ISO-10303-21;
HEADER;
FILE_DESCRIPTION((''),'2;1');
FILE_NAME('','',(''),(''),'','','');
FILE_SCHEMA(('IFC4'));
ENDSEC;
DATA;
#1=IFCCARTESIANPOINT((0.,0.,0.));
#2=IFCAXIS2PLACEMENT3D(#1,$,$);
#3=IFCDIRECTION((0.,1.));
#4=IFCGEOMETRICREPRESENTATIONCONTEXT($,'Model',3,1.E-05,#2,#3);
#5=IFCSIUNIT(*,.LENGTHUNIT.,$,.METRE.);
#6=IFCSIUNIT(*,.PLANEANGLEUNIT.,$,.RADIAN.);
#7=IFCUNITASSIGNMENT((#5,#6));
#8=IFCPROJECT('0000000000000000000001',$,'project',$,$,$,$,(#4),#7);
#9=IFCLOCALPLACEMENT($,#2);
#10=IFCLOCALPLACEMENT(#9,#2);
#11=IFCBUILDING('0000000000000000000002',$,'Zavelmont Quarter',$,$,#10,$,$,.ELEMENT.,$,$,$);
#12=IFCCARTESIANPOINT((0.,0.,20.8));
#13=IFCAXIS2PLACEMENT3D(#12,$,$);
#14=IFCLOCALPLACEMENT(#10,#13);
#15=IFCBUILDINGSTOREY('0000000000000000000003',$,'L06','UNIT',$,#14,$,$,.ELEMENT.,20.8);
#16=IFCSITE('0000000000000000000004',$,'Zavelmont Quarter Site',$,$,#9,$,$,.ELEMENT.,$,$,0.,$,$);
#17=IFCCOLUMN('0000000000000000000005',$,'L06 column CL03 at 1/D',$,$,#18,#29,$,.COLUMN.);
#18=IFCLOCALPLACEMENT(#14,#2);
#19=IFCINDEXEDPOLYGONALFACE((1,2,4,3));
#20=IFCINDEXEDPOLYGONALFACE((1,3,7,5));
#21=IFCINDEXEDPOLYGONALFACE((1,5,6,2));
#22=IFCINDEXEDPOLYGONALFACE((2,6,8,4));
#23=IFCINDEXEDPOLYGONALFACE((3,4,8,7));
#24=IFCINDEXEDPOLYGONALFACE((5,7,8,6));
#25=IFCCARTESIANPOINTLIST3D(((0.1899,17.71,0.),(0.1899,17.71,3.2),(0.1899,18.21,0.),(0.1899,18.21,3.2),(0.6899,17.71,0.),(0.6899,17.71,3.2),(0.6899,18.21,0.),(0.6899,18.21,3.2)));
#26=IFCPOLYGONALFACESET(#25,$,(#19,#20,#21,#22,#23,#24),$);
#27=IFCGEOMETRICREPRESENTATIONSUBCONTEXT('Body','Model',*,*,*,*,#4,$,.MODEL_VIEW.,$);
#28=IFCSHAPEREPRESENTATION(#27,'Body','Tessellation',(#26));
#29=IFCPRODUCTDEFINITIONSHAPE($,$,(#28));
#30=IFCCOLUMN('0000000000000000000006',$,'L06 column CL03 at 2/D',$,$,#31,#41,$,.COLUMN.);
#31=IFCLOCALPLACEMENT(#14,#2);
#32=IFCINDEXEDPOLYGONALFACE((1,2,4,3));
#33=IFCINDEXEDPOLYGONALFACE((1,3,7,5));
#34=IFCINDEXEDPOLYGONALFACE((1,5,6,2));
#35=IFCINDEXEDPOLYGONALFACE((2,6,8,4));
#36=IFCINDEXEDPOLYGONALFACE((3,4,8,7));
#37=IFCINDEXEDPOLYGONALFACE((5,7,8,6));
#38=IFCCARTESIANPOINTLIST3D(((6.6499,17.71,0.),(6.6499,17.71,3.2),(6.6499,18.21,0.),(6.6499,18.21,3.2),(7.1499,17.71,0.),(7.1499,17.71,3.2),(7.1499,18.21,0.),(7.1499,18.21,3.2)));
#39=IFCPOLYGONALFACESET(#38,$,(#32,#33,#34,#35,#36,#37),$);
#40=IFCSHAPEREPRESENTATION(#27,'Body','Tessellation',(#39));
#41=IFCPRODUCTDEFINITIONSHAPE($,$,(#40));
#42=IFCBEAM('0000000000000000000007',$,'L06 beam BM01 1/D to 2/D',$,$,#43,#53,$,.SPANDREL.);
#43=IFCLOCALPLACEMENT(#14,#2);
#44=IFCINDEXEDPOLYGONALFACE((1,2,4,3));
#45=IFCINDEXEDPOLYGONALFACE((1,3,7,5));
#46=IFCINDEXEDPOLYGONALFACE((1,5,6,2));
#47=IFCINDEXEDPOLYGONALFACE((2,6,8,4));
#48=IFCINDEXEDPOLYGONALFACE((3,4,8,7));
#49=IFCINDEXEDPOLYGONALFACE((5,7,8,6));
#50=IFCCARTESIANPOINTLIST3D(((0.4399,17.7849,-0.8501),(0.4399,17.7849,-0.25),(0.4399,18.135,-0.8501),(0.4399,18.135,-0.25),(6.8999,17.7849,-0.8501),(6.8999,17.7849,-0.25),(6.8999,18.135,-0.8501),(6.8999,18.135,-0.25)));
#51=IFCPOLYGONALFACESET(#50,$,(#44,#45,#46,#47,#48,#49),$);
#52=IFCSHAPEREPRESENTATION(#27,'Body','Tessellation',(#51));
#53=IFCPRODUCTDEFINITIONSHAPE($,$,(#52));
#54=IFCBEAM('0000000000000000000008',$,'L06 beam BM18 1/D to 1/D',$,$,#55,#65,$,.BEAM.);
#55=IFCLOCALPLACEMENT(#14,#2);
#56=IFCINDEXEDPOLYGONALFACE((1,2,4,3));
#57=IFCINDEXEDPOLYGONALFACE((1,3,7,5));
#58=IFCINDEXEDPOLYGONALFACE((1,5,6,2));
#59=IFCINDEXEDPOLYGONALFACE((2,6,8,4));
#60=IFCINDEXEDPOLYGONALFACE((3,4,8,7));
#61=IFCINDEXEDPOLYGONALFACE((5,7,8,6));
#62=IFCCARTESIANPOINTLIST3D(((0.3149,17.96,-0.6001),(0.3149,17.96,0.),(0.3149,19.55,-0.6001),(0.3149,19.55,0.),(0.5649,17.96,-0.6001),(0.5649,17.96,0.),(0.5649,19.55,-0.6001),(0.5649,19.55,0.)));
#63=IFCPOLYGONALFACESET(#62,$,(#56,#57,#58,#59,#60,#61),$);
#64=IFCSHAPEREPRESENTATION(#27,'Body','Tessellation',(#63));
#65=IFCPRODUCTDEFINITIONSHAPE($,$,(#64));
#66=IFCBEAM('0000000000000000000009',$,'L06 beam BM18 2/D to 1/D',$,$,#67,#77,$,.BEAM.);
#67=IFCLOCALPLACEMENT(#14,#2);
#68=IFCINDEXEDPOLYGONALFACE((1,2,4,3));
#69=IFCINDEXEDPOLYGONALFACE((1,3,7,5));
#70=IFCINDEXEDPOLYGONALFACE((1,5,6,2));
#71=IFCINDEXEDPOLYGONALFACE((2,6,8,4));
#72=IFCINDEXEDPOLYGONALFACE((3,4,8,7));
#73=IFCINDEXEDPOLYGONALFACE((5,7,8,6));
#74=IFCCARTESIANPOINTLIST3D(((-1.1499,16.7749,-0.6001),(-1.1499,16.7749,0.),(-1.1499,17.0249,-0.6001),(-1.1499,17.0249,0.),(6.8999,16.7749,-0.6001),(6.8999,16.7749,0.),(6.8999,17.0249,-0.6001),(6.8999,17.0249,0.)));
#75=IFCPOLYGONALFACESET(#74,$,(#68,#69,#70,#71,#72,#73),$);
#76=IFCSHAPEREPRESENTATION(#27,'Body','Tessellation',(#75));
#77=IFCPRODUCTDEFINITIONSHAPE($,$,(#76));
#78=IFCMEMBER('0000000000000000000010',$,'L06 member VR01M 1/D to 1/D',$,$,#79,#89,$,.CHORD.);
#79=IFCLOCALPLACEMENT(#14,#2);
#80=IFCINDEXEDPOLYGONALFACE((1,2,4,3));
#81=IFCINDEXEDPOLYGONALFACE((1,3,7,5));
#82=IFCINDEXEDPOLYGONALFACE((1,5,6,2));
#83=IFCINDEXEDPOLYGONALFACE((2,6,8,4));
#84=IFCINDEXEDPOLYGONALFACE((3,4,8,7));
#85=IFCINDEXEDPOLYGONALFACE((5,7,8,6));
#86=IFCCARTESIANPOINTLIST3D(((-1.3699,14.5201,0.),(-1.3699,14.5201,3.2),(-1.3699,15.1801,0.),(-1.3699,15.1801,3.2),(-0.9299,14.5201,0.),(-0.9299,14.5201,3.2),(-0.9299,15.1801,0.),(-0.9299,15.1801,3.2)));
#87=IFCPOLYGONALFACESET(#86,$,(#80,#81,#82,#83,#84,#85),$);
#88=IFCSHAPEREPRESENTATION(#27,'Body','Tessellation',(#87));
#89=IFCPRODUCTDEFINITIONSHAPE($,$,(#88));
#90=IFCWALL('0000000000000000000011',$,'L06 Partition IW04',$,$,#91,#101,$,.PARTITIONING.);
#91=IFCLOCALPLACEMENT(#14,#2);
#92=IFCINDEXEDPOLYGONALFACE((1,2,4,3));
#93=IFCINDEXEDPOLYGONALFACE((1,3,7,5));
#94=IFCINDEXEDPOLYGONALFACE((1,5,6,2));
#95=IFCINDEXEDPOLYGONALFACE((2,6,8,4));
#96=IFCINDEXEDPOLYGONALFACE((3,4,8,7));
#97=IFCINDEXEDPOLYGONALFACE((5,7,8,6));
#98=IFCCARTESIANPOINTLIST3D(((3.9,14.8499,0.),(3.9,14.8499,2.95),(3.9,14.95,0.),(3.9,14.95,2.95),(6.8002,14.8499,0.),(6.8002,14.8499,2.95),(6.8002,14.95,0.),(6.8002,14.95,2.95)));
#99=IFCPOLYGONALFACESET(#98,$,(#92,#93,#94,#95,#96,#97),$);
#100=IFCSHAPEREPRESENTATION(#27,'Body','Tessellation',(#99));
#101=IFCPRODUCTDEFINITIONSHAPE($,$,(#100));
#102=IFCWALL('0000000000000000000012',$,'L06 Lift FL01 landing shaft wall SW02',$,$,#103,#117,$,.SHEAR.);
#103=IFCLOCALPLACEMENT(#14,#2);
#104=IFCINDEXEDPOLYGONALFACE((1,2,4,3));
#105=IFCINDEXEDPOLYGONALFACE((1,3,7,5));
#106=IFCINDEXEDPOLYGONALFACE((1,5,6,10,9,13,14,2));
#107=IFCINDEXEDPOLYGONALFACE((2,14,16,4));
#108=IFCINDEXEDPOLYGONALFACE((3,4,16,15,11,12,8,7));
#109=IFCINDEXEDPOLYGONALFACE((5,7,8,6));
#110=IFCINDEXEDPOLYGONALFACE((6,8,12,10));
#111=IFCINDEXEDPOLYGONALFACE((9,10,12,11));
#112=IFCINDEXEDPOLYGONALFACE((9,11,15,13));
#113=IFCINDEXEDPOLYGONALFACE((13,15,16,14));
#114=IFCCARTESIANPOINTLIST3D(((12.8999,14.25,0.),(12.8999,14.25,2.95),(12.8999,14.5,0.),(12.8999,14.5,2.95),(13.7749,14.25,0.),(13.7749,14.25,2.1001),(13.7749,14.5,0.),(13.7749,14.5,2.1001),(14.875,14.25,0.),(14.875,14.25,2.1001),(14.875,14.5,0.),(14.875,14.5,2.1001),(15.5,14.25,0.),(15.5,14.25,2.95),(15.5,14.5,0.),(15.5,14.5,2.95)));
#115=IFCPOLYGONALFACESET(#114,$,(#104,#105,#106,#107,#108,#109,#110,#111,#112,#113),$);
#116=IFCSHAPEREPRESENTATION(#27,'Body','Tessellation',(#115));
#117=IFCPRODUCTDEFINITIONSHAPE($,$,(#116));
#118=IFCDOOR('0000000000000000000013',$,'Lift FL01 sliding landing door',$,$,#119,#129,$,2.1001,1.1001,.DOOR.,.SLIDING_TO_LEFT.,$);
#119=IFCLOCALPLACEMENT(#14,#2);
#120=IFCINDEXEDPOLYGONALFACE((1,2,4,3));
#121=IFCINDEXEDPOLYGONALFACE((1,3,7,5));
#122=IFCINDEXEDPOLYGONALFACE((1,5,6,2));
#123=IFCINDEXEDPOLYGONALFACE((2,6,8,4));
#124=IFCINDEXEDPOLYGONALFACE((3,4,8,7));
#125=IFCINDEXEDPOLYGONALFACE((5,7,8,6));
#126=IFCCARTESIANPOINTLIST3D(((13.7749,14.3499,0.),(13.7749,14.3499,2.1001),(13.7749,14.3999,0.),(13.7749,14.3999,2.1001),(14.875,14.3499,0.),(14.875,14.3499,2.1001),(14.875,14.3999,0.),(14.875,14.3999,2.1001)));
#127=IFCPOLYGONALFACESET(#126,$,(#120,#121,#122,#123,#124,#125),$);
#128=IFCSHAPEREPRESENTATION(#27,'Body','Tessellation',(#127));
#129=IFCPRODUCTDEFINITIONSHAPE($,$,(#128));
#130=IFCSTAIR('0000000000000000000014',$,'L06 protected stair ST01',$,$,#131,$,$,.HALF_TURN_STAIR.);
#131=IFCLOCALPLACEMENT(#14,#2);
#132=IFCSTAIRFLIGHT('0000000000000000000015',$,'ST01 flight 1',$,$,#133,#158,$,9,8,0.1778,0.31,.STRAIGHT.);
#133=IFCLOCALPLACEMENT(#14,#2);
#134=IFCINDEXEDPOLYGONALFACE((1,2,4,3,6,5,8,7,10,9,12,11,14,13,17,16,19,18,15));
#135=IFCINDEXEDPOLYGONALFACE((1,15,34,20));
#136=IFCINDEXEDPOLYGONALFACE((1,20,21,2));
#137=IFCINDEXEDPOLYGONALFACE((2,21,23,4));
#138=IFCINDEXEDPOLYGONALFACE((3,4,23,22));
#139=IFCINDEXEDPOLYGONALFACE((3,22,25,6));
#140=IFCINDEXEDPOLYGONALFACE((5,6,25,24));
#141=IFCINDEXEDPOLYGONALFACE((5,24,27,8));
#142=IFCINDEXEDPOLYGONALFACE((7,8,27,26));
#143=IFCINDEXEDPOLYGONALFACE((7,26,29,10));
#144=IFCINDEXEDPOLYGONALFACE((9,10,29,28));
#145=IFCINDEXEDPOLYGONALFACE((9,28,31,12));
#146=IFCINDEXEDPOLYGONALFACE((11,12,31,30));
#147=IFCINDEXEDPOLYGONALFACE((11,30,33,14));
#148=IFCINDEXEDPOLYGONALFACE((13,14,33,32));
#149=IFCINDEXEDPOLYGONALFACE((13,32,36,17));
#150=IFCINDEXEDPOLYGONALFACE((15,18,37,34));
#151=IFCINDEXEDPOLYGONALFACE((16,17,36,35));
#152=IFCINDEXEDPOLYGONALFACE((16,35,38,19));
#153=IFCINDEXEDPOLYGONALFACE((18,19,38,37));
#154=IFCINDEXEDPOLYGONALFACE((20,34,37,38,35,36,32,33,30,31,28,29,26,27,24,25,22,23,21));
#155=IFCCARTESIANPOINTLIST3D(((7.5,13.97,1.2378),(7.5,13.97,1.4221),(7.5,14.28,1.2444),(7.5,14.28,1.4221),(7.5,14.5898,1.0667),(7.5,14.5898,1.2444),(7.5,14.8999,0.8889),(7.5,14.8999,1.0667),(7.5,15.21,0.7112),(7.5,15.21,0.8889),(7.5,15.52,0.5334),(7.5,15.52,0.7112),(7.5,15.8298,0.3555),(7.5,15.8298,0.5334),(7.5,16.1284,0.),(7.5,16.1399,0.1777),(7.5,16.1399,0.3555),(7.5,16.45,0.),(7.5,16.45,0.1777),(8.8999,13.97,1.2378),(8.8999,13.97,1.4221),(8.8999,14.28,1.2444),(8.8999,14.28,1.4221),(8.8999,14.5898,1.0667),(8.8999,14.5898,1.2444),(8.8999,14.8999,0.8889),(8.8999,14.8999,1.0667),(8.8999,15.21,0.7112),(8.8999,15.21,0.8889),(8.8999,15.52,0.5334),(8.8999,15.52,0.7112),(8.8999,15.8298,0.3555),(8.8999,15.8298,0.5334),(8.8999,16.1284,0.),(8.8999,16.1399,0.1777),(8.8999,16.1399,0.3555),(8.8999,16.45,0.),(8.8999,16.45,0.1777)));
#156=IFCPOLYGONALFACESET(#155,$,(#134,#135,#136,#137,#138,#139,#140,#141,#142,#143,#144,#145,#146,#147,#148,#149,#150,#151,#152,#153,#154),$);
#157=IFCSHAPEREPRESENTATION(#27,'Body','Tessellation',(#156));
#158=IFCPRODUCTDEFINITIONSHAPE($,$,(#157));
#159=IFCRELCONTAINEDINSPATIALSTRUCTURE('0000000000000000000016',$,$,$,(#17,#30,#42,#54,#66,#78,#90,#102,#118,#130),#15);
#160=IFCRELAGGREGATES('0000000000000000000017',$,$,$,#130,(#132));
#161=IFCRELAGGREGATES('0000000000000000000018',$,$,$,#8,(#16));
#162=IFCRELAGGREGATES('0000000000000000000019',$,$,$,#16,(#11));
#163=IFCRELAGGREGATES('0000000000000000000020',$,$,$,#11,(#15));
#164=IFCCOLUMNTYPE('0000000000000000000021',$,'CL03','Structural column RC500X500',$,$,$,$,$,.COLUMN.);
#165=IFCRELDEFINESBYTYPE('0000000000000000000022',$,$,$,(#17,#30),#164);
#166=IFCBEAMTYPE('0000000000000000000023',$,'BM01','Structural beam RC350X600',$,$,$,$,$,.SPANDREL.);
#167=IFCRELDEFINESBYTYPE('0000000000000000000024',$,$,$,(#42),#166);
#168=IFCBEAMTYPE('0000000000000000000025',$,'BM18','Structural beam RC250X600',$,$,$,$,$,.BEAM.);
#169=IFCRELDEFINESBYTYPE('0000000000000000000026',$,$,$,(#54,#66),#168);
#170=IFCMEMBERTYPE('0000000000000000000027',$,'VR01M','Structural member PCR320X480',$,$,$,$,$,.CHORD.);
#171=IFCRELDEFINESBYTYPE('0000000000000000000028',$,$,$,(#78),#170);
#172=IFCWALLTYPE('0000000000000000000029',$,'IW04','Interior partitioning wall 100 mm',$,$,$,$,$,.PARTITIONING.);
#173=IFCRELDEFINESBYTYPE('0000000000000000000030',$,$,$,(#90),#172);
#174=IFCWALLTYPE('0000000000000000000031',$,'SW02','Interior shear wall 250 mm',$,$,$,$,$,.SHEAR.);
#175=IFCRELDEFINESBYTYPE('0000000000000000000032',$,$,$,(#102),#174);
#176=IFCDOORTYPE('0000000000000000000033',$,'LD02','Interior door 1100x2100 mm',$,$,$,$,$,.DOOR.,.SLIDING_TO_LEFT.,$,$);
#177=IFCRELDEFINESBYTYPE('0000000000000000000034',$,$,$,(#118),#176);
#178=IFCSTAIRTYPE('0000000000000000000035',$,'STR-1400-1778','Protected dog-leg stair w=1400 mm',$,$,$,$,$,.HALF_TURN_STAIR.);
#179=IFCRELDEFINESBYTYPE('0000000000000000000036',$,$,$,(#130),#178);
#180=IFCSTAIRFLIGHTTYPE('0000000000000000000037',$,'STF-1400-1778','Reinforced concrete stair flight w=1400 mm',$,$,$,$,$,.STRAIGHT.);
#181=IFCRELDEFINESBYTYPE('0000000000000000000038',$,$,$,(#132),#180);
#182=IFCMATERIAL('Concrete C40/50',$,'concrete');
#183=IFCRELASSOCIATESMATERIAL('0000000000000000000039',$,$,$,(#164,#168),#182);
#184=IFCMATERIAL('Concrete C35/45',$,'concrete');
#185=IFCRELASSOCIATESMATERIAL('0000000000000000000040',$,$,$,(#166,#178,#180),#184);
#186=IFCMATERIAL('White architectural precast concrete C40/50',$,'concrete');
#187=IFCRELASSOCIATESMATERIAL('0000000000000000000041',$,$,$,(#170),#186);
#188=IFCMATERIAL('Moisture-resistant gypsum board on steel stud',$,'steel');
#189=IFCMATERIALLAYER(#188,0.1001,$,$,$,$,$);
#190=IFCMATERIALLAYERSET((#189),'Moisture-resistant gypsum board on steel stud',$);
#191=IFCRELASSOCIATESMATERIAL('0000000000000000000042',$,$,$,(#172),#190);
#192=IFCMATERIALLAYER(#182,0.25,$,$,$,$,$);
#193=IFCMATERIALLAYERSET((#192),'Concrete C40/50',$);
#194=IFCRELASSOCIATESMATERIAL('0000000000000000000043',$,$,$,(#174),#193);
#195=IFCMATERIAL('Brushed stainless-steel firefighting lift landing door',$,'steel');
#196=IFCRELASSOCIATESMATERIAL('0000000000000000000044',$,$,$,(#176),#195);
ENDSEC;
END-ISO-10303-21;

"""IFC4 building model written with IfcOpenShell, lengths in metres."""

from ifc_helpers import new_model, si_unit, direction, frame, frame_2d, origin, origin_with_axes, origin_2d, place, context, subcontext, project, spatial, polyline, rectangle, outline, extrude, material, layer, layer_set, material_profile, profile_set, type_object, element, fill, aggregate, save


model = new_model("IFC4")

# Units and contexts
model_context = context("Model", 3, precision=1e-05, world=origin(), true_north=direction((0.0, 1.0)))
body_context = subcontext(model_context, "Body", "Model", "MODEL_VIEW")
ifc_project = project(units=[si_unit("LENGTHUNIT", "METRE"), si_unit("PLANEANGLEUNIT", "RADIAN")], contexts=[model_context])

# Site, building, storey
site_placement = place(None, origin())
site = spatial("IfcSite", under=ifc_project, at=site_placement, Name="Zavelmont Quarter Site", CompositionType="ELEMENT", RefElevation=0.0)
building_placement = place(site_placement, origin())
building = spatial("IfcBuilding", under=site, at=building_placement, Name="Zavelmont Quarter", CompositionType="ELEMENT")
storey_placement = place(building_placement, frame((0.0, 0.0, 20.8)))
storey = spatial("IfcBuildingStorey", under=building, at=storey_placement, Name="L06", Description="UNIT", CompositionType="ELEMENT", Elevation=20.8)

# Columns
ifc_material_1 = material(Name="Concrete C40/50", Category="concrete")
ifc_material_profile_1 = material_profile(ifc_material_1, rectangle(XDim=0.5, YDim=0.5, at=origin_2d()), Name="RC500X500")
ifc_profile_set_1 = profile_set([ifc_material_profile_1], Name="Concrete C40/50")
column_type = type_object("IfcColumnType", Name="CL03", Description="Structural column RC500X500", PredefinedType="COLUMN", material=ifc_profile_set_1)
for number, where, z_axis, x_axis, name in (
    (1, (0.4399, 17.96, 0.0), (0.0, 0.0, 1.0), (1.0, 0.0, 0.0), "L06 column CL03 at 1/D"),
    (2, (6.8999, 17.96, 0.0), (0.0, 0.0, 1.0), (1.0, 0.0, 0.0), "L06 column CL03 at 2/D"),
):
    element("IfcColumn", number, at=place(storey_placement, frame(where, z_axis=z_axis, x_axis=x_axis)), inside=storey, type_object=column_type, Name=name, PredefinedType="COLUMN", context=body_context, shape_type="SweptSolid", body=[
        extrude(rectangle(XDim=0.5, YDim=0.5, at=origin_2d()), origin(), (0.0, 0.0, 1.0), 3.2),
    ])

# Beams
ifc_material_2 = material(Name="Concrete C35/45", Category="concrete")
ifc_material_profile_2 = material_profile(ifc_material_2, rectangle(XDim=0.3501, YDim=0.6001, at=origin_2d()), Name="RC350X600")
ifc_profile_set_2 = profile_set([ifc_material_profile_2], Name="Concrete C35/45")
beam_type_1 = type_object("IfcBeamType", Name="BM01", Description="Structural beam RC350X600", PredefinedType="SPANDREL", material=ifc_profile_set_2)
beam_1_placement = place(storey_placement, frame((0.4399, 17.96, -0.55), z_axis=(1.0, 0.0, 0.0), x_axis=(0.0, 1.0, 0.0)))
element("IfcBeam", 3, at=beam_1_placement, inside=storey, type_object=beam_type_1, Name="L06 beam BM01 1/D to 2/D", PredefinedType="SPANDREL", context=body_context, shape_type="SweptSolid", body=[
    extrude(rectangle(XDim=0.3501, YDim=0.6001, at=origin_2d()), origin(), (0.0, 0.0, 1.0), 6.46),
])
ifc_material_profile_3 = material_profile(ifc_material_1, rectangle(XDim=0.25, YDim=0.6001, at=origin_2d()), Name="RC250X600")
ifc_profile_set_3 = profile_set([ifc_material_profile_3], Name="Concrete C40/50")
beam_type_2 = type_object("IfcBeamType", Name="BM18", Description="Structural beam RC250X600", PredefinedType="BEAM", material=ifc_profile_set_3)
beam_2_placement = place(storey_placement, frame((0.4399, 17.96, -0.3), z_axis=(0.0, 1.0, 0.0), x_axis=(-1.0, 0.0, 0.0)))
element("IfcBeam", 4, at=beam_2_placement, inside=storey, type_object=beam_type_2, Name="L06 beam BM18 1/D to 1/D", PredefinedType="BEAM", context=body_context, shape_type="SweptSolid", body=[
    extrude(rectangle(XDim=0.25, YDim=0.6001, at=origin_2d()), origin(), (0.0, 0.0, 1.0), 1.5901),
])
beam_3_placement = place(storey_placement, frame((6.8999, 16.8999, -0.3), z_axis=(-1.0, 0.0, 0.0), x_axis=(0.0, -1.0, 0.0)))
element("IfcBeam", 5, at=beam_3_placement, inside=storey, type_object=beam_type_2, Name="L06 beam BM18 2/D to 1/D", PredefinedType="BEAM", context=body_context, shape_type="SweptSolid", body=[
    extrude(rectangle(XDim=0.25, YDim=0.6001, at=origin_2d()), origin(), (0.0, 0.0, 1.0), 8.0498),
])

# Member
ifc_material_3 = material(Name="White architectural precast concrete C40/50", Category="concrete")
ifc_material_profile_4 = material_profile(ifc_material_3, rectangle(XDim=0.4399, YDim=0.6599, at=origin_2d()), Name="PCR320X480")
ifc_profile_set_4 = profile_set([ifc_material_profile_4], Name="White architectural precast concrete C40/50")
member_type = type_object("IfcMemberType", Name="VR01M", Description="Structural member PCR320X480", PredefinedType="CHORD", material=ifc_profile_set_4)
member_placement = place(storey_placement, frame((-1.1499, 14.8501, 0.0), z_axis=(0.0, 0.0, 1.0), x_axis=(1.0, 0.0, 0.0)))
element("IfcMember", 6, at=member_placement, inside=storey, type_object=member_type, Name="L06 member VR01M 1/D to 1/D", PredefinedType="CHORD", context=body_context, shape_type="SweptSolid", body=[
    extrude(rectangle(XDim=0.4399, YDim=0.6599, at=origin_2d()), origin(), (0.0, 0.0, 1.0), 3.2),
])

# Wall
ifc_material_4 = material(Name="Moisture-resistant gypsum board on steel stud", Category="steel")
ifc_layer_1 = layer(ifc_material_4, 0.1001)
ifc_layer_set_1 = layer_set([ifc_layer_1], Name="Moisture-resistant gypsum board on steel stud")
wall_type_1 = type_object("IfcWallType", Name="IW04", Description="Interior partitioning wall 100 mm", PredefinedType="PARTITIONING", material=ifc_layer_set_1)
wall_1_placement = place(storey_placement, frame((3.8999, 14.8999, 0.0), z_axis=(0.0, 0.0, 1.0), x_axis=(1.0, 0.0, 0.0)))
element("IfcWall", 7, at=wall_1_placement, inside=storey, type_object=wall_type_1, Name="L06 Partition IW04", PredefinedType="PARTITIONING", context=body_context, shape_type="SweptSolid", body=[
    extrude(rectangle(XDim=2.9001, YDim=0.1001, at=frame_2d((1.4502, 0.0))), origin(), (0.0, 0.0, 1.0), 2.95),
])

# Wall, opening, door
ifc_layer_2 = layer(ifc_material_1, 0.25)
ifc_layer_set_2 = layer_set([ifc_layer_2], Name="Concrete C40/50")
wall_type_2 = type_object("IfcWallType", Name="SW02", Description="Interior shear wall 250 mm", PredefinedType="SHEAR", material=ifc_layer_set_2)
wall_2_placement = place(storey_placement, frame((12.8999, 14.375, 0.0), z_axis=(0.0, 0.0, 1.0), x_axis=(1.0, 0.0, 0.0)))
wall_2 = element("IfcWall", 8, at=wall_2_placement, inside=storey, type_object=wall_type_2, Name="L06 Lift FL01 landing shaft wall SW02", PredefinedType="SHEAR", context=body_context, shape_type="SweptSolid", body=[
    extrude(rectangle(XDim=2.6001, YDim=0.25, at=frame_2d((1.3, 0.0))), origin(), (0.0, 0.0, 1.0), 2.95),
])
opening_1_placement = place(wall_2_placement, frame((0.875, 0.0, 0.0)))
opening_1 = element("IfcOpeningElement", 9, at=opening_1_placement, cuts=wall_2, PredefinedType="OPENING", context=body_context, shape_type="SweptSolid", body=[
    extrude(rectangle(XDim=1.1001, YDim=2.1001, at=frame_2d((0.55, 1.05))), frame((0.0, 0.137, 0.0), z_axis=(0.0, -1.0, 0.0), x_axis=(1.0, 0.0, 0.0)), (0.0, 0.0, 1.0), 0.2739),
])
ifc_material_5 = material(Name="Brushed stainless-steel firefighting lift landing door", Category="steel")
door_type_1 = type_object("IfcDoorType", Name="LD02", Description="Interior door 1100x2100 mm", OperationType="SLIDING_TO_LEFT", PredefinedType="DOOR", material=ifc_material_5)
door_1_placement = place(opening_1_placement, origin_with_axes())
door_1 = element("IfcDoor", 10, at=door_1_placement, inside=storey, type_object=door_type_1, Name="Lift FL01 sliding landing door", OperationType="SLIDING_TO_LEFT", OverallHeight=2.1001, OverallWidth=1.1001, PredefinedType="DOOR", context=body_context, shape_type="SweptSolid", body=[
    extrude(rectangle(XDim=1.1001, YDim=2.1001, at=frame_2d((0.55, 1.05))), frame((0.0, 0.0249, 0.0), z_axis=(0.0, -1.0, 0.0), x_axis=(1.0, 0.0, 0.0)), (0.0, 0.0, 1.0), 0.05),
])
fill(opening_1, door_1)

# Stair, stair flight
stair_type = type_object("IfcStairType", Name="STR-1400-1778", Description="Protected dog-leg stair w=1400 mm", PredefinedType="HALF_TURN_STAIR", material=ifc_material_2)
stair_placement = place(storey_placement, origin())
stair = element("IfcStair", 11, at=stair_placement, inside=storey, type_object=stair_type, Name="L06 protected stair ST01", PredefinedType="HALF_TURN_STAIR")
stair_flight_type = type_object("IfcStairFlightType", Name="STF-1400-1778", Description="Reinforced concrete stair flight w=1400 mm", PredefinedType="STRAIGHT", material=ifc_material_2)
stair_flight_1_placement = place(storey_placement, frame((8.2, 16.45, 0.0), z_axis=(0.0, 0.0, 1.0), x_axis=(0.0, -1.0, 0.0)))
stair_flight_1 = element("IfcStairFlight", 12, at=stair_flight_1_placement, type_object=stair_flight_type, Name="ST01 flight 1", NumberOfRisers=9, NumberOfTreads=8, PredefinedType="STRAIGHT", RiserHeight=0.1778, TreadLength=0.31, context=body_context, shape_type="SweptSolid", body=[
    extrude(outline(polyline([(0.0, 0.0), (0.0, 0.1777), (0.3101, 0.1777), (0.3101, 0.3555), (0.6201, 0.3555), (0.6201, 0.5334), (0.9299, 0.5334), (0.9299, 0.7112), (1.24, 0.7112), (1.24, 0.8889), (1.55, 0.8889), (1.55, 1.0667), (1.8601, 1.0667), (1.8601, 1.2444), (2.1699, 1.2444), (2.1699, 1.4221), (2.48, 1.4221), (2.48, 1.6001), (2.48, 1.2378), (0.3215, 0.0), (0.0, 0.0)])), frame((0.0, 0.7, 0.0), z_axis=(0.0, -1.0, 0.0), x_axis=(1.0, 0.0, 0.0)), (0.0, 0.0, 1.0), 1.3999),
])
aggregate(stair, [stair_flight_1])

save(model, "model.ifc")
